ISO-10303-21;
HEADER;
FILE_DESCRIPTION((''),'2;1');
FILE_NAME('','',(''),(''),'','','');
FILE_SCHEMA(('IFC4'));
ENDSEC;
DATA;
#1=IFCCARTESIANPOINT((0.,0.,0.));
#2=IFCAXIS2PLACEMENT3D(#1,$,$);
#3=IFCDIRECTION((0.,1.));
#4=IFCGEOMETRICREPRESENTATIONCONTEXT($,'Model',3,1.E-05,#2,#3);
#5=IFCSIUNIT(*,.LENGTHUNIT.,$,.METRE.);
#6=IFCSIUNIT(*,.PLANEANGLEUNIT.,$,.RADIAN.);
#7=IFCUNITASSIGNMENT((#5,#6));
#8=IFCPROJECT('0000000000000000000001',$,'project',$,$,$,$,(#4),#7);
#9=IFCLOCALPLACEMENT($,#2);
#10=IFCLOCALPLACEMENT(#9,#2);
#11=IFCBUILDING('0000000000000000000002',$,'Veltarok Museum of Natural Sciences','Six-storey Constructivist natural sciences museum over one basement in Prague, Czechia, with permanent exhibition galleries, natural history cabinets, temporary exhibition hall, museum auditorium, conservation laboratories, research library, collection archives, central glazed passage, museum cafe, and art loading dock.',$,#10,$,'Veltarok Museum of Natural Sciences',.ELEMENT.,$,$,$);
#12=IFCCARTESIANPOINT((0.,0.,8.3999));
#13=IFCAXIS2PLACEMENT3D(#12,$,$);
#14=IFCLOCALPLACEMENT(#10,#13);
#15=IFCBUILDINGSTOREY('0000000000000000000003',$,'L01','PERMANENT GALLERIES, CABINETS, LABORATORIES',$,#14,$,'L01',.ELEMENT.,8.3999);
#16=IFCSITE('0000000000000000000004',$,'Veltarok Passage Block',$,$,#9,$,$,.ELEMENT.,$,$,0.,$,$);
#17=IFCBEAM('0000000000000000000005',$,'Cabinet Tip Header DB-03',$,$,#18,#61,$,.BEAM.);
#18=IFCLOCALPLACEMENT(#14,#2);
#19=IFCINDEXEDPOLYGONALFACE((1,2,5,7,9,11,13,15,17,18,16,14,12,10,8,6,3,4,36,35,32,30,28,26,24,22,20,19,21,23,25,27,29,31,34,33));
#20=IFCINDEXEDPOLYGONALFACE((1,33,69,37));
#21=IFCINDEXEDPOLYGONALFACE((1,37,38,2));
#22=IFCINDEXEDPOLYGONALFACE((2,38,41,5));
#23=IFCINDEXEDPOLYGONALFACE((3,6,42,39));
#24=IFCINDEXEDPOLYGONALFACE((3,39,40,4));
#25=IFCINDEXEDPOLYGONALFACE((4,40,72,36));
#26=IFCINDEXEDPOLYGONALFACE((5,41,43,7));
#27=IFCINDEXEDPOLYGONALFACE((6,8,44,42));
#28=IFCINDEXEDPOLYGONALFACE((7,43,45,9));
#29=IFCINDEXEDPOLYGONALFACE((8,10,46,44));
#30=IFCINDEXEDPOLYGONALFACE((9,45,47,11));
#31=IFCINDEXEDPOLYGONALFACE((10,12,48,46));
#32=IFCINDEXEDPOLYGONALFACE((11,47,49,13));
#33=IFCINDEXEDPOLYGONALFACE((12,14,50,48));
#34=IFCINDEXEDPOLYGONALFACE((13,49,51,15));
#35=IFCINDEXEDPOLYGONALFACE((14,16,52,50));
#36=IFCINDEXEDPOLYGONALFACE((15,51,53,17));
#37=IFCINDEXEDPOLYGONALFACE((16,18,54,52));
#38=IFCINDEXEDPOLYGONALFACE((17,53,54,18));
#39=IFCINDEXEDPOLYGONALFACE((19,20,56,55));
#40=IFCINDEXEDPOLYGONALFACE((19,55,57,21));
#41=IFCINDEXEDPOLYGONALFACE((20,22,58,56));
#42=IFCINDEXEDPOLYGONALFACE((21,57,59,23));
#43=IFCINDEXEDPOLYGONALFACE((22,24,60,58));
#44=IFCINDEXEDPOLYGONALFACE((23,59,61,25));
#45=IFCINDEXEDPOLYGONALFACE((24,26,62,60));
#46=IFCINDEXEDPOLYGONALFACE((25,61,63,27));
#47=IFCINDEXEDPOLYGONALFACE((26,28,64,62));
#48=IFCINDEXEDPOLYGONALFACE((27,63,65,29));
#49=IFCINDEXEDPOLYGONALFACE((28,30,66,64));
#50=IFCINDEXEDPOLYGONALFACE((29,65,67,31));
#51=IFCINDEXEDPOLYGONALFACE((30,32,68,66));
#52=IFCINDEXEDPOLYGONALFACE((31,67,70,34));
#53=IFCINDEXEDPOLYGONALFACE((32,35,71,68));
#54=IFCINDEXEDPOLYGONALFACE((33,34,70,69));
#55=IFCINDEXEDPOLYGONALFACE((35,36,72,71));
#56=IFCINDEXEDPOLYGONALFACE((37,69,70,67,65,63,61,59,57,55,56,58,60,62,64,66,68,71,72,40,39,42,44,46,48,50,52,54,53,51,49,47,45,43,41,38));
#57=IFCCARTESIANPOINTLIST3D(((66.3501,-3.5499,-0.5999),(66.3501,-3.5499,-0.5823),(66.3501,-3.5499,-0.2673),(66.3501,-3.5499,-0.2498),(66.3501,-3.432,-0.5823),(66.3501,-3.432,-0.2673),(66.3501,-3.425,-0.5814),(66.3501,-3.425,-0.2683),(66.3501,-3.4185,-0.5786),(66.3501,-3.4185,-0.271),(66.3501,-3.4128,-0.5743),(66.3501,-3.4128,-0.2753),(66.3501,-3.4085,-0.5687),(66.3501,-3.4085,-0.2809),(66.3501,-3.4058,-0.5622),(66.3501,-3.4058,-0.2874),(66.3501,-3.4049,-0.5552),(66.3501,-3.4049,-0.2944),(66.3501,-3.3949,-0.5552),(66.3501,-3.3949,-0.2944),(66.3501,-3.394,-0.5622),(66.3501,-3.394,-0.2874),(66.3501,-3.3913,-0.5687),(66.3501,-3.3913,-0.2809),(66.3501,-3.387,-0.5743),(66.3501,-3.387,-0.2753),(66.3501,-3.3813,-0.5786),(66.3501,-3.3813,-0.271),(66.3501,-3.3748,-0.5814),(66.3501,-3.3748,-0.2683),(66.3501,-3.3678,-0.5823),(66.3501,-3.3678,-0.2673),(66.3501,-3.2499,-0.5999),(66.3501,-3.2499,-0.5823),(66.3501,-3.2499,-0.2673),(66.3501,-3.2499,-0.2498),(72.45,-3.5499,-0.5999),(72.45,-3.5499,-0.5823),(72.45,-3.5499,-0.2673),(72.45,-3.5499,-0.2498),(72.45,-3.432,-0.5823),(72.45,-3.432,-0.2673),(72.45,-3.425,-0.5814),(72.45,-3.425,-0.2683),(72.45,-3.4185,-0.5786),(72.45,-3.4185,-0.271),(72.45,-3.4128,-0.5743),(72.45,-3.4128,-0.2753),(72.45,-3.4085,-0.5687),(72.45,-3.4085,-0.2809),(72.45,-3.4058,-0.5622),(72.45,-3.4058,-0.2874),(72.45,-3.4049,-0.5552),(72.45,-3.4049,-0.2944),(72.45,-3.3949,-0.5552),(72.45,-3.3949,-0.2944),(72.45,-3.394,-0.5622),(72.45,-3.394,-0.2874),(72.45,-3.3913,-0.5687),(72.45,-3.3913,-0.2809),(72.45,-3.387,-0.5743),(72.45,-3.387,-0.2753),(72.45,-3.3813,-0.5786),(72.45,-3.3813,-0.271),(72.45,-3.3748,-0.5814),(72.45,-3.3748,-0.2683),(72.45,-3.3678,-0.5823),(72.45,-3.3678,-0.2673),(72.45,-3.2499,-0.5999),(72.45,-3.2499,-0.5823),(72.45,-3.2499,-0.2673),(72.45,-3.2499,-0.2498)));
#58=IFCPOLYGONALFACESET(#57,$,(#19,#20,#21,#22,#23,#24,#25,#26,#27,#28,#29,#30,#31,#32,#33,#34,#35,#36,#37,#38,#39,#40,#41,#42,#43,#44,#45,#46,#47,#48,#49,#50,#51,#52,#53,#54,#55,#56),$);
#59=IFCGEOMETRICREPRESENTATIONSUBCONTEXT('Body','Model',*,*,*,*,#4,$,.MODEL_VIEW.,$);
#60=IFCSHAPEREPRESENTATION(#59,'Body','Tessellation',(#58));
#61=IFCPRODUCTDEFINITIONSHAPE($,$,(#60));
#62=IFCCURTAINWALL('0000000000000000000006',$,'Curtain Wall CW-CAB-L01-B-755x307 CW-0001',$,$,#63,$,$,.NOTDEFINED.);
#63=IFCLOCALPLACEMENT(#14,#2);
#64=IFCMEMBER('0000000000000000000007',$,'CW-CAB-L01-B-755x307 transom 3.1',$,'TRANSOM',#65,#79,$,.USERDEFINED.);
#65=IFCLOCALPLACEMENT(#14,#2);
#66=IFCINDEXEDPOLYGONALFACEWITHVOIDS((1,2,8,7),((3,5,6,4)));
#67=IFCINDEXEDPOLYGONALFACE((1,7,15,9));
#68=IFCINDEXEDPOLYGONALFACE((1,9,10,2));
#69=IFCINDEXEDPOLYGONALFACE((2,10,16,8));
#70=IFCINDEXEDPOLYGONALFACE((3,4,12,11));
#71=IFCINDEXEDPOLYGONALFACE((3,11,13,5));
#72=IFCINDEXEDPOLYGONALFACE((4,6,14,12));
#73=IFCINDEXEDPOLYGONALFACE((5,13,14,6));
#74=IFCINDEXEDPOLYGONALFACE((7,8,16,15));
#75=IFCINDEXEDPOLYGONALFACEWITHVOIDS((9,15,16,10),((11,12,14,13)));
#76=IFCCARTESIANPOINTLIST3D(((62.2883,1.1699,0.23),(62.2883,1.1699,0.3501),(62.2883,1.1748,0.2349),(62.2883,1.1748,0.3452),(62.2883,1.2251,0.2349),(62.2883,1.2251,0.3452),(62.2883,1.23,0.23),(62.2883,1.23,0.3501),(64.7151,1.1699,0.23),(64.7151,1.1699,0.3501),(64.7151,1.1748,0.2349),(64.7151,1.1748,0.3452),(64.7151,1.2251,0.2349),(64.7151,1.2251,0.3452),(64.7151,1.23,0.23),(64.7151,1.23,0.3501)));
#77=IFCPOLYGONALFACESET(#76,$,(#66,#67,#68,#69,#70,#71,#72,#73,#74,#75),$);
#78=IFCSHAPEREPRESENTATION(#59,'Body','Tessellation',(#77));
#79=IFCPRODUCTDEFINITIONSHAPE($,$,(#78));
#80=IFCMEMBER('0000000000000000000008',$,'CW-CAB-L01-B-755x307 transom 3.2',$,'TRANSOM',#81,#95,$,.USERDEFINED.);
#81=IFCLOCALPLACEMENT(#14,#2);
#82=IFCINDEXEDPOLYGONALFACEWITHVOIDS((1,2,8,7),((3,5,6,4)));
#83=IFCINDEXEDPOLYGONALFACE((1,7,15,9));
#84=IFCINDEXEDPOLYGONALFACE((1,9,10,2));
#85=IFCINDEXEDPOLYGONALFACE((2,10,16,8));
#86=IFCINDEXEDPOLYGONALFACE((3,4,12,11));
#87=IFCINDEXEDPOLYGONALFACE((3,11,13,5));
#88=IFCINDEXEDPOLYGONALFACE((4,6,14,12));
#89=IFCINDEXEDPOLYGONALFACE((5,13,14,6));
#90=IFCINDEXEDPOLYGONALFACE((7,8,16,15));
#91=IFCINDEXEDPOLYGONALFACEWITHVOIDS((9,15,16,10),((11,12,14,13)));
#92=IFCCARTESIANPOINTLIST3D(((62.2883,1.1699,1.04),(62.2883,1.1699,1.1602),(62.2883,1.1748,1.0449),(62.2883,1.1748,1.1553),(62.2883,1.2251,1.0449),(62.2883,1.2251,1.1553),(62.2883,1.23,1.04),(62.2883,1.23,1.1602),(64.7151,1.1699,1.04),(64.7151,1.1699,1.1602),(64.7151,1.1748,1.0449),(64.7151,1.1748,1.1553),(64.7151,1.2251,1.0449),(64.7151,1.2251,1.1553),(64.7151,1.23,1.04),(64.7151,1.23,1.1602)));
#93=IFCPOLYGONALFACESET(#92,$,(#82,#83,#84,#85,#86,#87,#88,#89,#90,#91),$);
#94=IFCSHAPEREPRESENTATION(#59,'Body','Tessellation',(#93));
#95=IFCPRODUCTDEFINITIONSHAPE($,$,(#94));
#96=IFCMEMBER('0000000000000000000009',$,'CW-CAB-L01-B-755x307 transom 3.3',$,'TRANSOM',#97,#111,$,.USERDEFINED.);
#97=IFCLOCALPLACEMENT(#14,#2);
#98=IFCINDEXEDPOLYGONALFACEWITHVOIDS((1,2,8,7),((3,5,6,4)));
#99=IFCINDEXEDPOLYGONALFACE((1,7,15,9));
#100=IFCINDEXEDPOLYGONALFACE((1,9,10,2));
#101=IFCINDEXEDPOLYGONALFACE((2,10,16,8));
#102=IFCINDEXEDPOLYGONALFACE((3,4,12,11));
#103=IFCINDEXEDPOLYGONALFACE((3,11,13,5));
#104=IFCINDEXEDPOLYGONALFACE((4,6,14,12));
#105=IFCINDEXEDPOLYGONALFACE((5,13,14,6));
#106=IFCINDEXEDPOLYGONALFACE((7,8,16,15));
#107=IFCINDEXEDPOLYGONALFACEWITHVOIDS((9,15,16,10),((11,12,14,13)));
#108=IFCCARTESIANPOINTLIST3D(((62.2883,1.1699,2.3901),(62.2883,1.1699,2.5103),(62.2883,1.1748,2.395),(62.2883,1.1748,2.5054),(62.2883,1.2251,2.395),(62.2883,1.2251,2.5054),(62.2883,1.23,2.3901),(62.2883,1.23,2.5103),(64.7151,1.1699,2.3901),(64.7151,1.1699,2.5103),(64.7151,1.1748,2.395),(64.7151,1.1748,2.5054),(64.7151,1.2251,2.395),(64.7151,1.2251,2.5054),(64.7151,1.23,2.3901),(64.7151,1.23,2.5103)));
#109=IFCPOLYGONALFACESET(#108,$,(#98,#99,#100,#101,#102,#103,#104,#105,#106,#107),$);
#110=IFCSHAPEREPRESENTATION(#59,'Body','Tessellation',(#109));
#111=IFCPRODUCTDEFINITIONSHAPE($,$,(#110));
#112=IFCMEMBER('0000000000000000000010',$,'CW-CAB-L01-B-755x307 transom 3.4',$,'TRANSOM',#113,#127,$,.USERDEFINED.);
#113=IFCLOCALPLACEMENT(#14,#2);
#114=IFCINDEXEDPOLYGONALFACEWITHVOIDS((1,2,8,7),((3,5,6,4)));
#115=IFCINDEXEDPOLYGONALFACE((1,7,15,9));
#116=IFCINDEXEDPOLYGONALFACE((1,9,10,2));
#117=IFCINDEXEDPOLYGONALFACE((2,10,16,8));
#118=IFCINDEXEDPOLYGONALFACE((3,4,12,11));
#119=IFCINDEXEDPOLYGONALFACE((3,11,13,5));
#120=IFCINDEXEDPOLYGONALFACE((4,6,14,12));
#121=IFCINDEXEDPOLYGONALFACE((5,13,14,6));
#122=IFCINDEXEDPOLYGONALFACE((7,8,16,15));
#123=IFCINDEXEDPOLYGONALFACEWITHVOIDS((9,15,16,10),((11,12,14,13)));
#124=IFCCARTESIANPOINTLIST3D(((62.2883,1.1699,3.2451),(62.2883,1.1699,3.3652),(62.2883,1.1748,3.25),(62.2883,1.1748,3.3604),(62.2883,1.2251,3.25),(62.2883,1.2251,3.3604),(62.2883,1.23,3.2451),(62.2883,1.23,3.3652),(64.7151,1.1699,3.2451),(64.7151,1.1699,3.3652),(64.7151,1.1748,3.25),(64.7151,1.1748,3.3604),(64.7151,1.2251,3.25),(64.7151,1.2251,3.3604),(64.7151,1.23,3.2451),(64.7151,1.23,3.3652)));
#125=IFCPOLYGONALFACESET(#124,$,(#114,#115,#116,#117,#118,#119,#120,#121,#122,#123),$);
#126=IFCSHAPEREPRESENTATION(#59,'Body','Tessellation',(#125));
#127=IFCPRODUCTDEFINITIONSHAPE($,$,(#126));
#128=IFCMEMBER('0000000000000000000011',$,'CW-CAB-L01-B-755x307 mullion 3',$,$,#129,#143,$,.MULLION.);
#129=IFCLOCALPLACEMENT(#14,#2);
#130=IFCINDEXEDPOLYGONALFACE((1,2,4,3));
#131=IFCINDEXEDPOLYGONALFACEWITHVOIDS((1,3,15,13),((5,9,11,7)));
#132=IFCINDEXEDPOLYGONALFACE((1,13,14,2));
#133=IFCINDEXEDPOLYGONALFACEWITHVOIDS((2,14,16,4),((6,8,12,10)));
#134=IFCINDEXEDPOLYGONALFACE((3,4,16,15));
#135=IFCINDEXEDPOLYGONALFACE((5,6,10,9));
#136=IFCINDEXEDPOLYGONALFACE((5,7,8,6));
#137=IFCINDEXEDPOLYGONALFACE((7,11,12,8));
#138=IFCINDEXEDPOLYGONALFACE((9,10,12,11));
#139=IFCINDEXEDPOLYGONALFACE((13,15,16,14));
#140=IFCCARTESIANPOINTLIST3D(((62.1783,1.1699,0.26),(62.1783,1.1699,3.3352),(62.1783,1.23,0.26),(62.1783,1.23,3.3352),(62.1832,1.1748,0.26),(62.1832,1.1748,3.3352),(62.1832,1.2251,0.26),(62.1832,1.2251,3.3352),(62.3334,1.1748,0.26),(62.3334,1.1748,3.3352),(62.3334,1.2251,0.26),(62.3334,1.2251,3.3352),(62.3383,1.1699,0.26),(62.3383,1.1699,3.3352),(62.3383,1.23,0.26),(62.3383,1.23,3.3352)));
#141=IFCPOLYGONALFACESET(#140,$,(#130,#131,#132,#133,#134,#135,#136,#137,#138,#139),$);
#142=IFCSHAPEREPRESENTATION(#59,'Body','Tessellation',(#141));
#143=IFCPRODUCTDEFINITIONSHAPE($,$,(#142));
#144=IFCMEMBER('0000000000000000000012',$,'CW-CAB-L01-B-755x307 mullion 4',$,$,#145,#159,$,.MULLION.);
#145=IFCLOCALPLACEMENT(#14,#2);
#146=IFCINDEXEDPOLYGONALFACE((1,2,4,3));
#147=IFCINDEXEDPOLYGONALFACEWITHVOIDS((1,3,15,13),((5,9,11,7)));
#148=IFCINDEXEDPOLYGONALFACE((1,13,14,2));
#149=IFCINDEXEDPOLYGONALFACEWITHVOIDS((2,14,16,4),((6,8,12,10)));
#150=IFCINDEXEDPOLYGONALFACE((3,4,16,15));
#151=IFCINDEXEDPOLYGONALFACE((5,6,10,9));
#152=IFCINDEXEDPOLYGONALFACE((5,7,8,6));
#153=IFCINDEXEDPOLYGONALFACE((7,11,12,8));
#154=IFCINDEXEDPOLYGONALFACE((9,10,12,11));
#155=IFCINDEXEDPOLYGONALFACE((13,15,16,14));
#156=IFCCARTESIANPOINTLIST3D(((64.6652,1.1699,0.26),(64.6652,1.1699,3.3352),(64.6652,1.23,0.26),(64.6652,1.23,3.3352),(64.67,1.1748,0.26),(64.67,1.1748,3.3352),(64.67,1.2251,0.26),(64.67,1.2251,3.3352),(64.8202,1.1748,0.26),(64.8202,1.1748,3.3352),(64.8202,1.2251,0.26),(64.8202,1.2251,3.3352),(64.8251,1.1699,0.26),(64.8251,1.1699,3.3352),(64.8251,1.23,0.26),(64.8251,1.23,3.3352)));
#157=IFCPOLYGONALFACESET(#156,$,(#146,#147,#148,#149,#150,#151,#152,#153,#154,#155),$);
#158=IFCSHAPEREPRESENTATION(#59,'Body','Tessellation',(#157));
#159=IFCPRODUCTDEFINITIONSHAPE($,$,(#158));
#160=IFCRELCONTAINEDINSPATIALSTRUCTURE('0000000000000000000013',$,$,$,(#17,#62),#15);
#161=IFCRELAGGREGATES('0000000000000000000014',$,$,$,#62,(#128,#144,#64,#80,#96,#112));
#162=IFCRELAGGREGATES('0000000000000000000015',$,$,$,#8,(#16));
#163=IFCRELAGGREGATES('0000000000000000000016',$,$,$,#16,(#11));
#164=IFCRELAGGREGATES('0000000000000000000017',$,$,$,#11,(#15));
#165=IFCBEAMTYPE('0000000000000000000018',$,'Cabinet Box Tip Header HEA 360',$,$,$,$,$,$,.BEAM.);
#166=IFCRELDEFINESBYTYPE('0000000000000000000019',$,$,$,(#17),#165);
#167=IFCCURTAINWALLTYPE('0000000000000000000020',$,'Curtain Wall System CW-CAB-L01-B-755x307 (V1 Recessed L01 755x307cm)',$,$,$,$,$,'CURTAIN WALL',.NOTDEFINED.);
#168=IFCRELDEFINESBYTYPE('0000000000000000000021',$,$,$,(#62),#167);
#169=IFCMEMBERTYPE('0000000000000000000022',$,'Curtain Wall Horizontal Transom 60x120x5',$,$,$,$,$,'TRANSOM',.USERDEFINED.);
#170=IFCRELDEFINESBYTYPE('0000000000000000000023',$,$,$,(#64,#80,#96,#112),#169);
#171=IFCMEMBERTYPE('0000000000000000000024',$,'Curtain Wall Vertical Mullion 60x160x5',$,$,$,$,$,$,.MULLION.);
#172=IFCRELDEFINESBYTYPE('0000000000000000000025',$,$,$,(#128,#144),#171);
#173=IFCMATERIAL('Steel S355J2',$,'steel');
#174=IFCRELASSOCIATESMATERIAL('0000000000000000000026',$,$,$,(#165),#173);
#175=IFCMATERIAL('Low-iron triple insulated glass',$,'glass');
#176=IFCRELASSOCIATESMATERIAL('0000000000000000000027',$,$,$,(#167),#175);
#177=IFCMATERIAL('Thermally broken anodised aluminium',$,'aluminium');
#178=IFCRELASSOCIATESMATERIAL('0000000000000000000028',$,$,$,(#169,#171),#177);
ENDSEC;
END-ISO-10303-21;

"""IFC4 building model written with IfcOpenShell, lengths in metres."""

from ifc_helpers import new_model, si_unit, direction, frame, origin, origin_2d, place, context, subcontext, project, spatial, hollow_rectangle, i_section, extrude, material, material_profile, profile_set, type_object, element, aggregate, save


model = new_model("IFC4")

# Units and contexts
model_context = context("Model", 3, precision=1e-05, world=origin(), true_north=direction((0.0, 1.0)))
body_context = subcontext(model_context, "Body", "Model", "MODEL_VIEW")
ifc_project = project(units=[si_unit("LENGTHUNIT", "METRE"), si_unit("PLANEANGLEUNIT", "RADIAN")], contexts=[model_context])

# Site, building, storey
site_placement = place(None, origin())
site = spatial("IfcSite", under=ifc_project, at=site_placement, Name="Veltarok Passage Block", CompositionType="ELEMENT", RefElevation=0.0)
building_placement = place(site_placement, origin())
building = spatial("IfcBuilding", under=site, at=building_placement, Name="Veltarok Museum of Natural Sciences", Description="Six-storey Constructivist natural sciences museum over one basement in Prague, Czechia, with permanent exhibition galleries, natural history cabinets, temporary exhibition hall, museum auditorium, conservation laboratories, research library, collection archives, central glazed passage, museum cafe, and art loading dock.", LongName="Veltarok Museum of Natural Sciences", CompositionType="ELEMENT")
storey_placement = place(building_placement, frame((0.0, 0.0, 8.3999)))
storey = spatial("IfcBuildingStorey", under=building, at=storey_placement, Name="L01", Description="PERMANENT GALLERIES, CABINETS, LABORATORIES", LongName="L01", CompositionType="ELEMENT", Elevation=8.3999)

# Beam
ifc_material_1 = material(Name="Steel S355J2", Category="steel")
ifc_material_profile_1 = material_profile(ifc_material_1, i_section(OverallWidth=0.3, OverallDepth=0.3501, WebThickness=0.01, FlangeThickness=0.0176, FilletRadius=0.0271, at=origin_2d()), Name="HEA 360")
ifc_profile_set_1 = profile_set([ifc_material_profile_1], Name="Steel S355J2")
beam_type_1 = type_object("IfcBeamType", Name="Cabinet Box Tip Header HEA 360", PredefinedType="BEAM", material=ifc_profile_set_1)
beam_1_placement = place(storey_placement, frame((66.3501, -3.3999, -0.4248), z_axis=(1.0, 0.0, 0.0), x_axis=(0.0, 1.0, 0.0)))
element("IfcBeam", 1, at=beam_1_placement, inside=storey, type_object=beam_type_1, Name="Cabinet Tip Header DB-03", PredefinedType="BEAM", context=body_context, shape_type="SweptSolid", body=[
    extrude(i_section(OverallWidth=0.3, OverallDepth=0.3501, WebThickness=0.01, FlangeThickness=0.0176, FilletRadius=0.0271, at=origin_2d()), origin(), (0.0, 0.0, 1.0), 6.0999),
])

# Curtain wall, members
ifc_material_2 = material(Name="Low-iron triple insulated glass", Category="glass")
curtain_wall_type = type_object("IfcCurtainWallType", Name="Curtain Wall System CW-CAB-L01-B-755x307 (V1 Recessed L01 755x307cm)", ElementType="CURTAIN WALL", PredefinedType="NOTDEFINED", material=ifc_material_2)
curtain_wall_placement = place(storey_placement, origin())
curtain_wall = element("IfcCurtainWall", 2, at=curtain_wall_placement, inside=storey, type_object=curtain_wall_type, Name="Curtain Wall CW-CAB-L01-B-755x307 CW-0001", PredefinedType="NOTDEFINED")
ifc_material_3 = material(Name="Thermally broken anodised aluminium", Category="aluminium")
ifc_material_profile_2 = material_profile(ifc_material_3, hollow_rectangle(XDim=0.0601, YDim=0.1201, WallThickness=0.0049, at=origin_2d()), Name="CW TRANSOM 60x120x5")
ifc_profile_set_2 = profile_set([ifc_material_profile_2], Name="Thermally broken anodised aluminium")
member_type_1 = type_object("IfcMemberType", Name="Curtain Wall Horizontal Transom 60x120x5", ElementType="TRANSOM", PredefinedType="USERDEFINED", material=ifc_profile_set_2)
member_1_placement = place(storey_placement, frame((62.2883, 1.2, 0.29), z_axis=(1.0, 0.0, 0.0), x_axis=(0.0, 1.0, 0.0)))
member_1 = element("IfcMember", 3, at=member_1_placement, type_object=member_type_1, Name="CW-CAB-L01-B-755x307 transom 3.1", ObjectType="TRANSOM", PredefinedType="USERDEFINED", context=body_context, shape_type="SweptSolid", body=[
    extrude(hollow_rectangle(XDim=0.0601, YDim=0.1201, WallThickness=0.0049, at=origin_2d()), origin(), (0.0, 0.0, 1.0), 2.4268),
])
member_2_placement = place(storey_placement, frame((62.2883, 1.2, 1.1001), z_axis=(1.0, 0.0, 0.0), x_axis=(0.0, 1.0, 0.0)))
member_2 = element("IfcMember", 4, at=member_2_placement, type_object=member_type_1, Name="CW-CAB-L01-B-755x307 transom 3.2", ObjectType="TRANSOM", PredefinedType="USERDEFINED", context=body_context, shape_type="SweptSolid", body=[
    extrude(hollow_rectangle(XDim=0.0601, YDim=0.1201, WallThickness=0.0049, at=origin_2d()), origin(), (0.0, 0.0, 1.0), 2.4268),
])
member_3_placement = place(storey_placement, frame((62.2883, 1.2, 2.4502), z_axis=(1.0, 0.0, 0.0), x_axis=(0.0, 1.0, 0.0)))
member_3 = element("IfcMember", 5, at=member_3_placement, type_object=member_type_1, Name="CW-CAB-L01-B-755x307 transom 3.3", ObjectType="TRANSOM", PredefinedType="USERDEFINED", context=body_context, shape_type="SweptSolid", body=[
    extrude(hollow_rectangle(XDim=0.0601, YDim=0.1201, WallThickness=0.0049, at=origin_2d()), origin(), (0.0, 0.0, 1.0), 2.4268),
])
member_4_placement = place(storey_placement, frame((62.2883, 1.2, 3.3052), z_axis=(1.0, 0.0, 0.0), x_axis=(0.0, 1.0, 0.0)))
member_4 = element("IfcMember", 6, at=member_4_placement, type_object=member_type_1, Name="CW-CAB-L01-B-755x307 transom 3.4", ObjectType="TRANSOM", PredefinedType="USERDEFINED", context=body_context, shape_type="SweptSolid", body=[
    extrude(hollow_rectangle(XDim=0.0601, YDim=0.1201, WallThickness=0.0049, at=origin_2d()), origin(), (0.0, 0.0, 1.0), 2.4268),
])
ifc_material_profile_3 = material_profile(ifc_material_3, hollow_rectangle(XDim=0.0601, YDim=0.1599, WallThickness=0.0049, at=origin_2d()), Name="CW MULLION 60x160x5")
ifc_profile_set_3 = profile_set([ifc_material_profile_3], Name="Thermally broken anodised aluminium")
member_type_2 = type_object("IfcMemberType", Name="Curtain Wall Vertical Mullion 60x160x5", PredefinedType="MULLION", material=ifc_profile_set_3)
member_5_placement = place(storey_placement, frame((62.2583, 1.2, 0.26), z_axis=(0.0, 0.0, 1.0), x_axis=(0.0, 1.0, 0.0)))
member_5 = element("IfcMember", 7, at=member_5_placement, type_object=member_type_2, Name="CW-CAB-L01-B-755x307 mullion 3", PredefinedType="MULLION", context=body_context, shape_type="SweptSolid", body=[
    extrude(hollow_rectangle(XDim=0.0601, YDim=0.1599, WallThickness=0.0049, at=origin_2d()), origin(), (0.0, 0.0, 1.0), 3.0752),
])
member_6_placement = place(storey_placement, frame((64.7451, 1.2, 0.26), z_axis=(0.0, 0.0, 1.0), x_axis=(0.0, 1.0, 0.0)))
member_6 = element("IfcMember", 8, at=member_6_placement, type_object=member_type_2, Name="CW-CAB-L01-B-755x307 mullion 4", PredefinedType="MULLION", context=body_context, shape_type="SweptSolid", body=[
    extrude(hollow_rectangle(XDim=0.0601, YDim=0.1599, WallThickness=0.0049, at=origin_2d()), origin(), (0.0, 0.0, 1.0), 3.0752),
])

aggregate(curtain_wall, [member_5, member_6, member_1, member_2, member_3, member_4])

save(model, "model.ifc")
